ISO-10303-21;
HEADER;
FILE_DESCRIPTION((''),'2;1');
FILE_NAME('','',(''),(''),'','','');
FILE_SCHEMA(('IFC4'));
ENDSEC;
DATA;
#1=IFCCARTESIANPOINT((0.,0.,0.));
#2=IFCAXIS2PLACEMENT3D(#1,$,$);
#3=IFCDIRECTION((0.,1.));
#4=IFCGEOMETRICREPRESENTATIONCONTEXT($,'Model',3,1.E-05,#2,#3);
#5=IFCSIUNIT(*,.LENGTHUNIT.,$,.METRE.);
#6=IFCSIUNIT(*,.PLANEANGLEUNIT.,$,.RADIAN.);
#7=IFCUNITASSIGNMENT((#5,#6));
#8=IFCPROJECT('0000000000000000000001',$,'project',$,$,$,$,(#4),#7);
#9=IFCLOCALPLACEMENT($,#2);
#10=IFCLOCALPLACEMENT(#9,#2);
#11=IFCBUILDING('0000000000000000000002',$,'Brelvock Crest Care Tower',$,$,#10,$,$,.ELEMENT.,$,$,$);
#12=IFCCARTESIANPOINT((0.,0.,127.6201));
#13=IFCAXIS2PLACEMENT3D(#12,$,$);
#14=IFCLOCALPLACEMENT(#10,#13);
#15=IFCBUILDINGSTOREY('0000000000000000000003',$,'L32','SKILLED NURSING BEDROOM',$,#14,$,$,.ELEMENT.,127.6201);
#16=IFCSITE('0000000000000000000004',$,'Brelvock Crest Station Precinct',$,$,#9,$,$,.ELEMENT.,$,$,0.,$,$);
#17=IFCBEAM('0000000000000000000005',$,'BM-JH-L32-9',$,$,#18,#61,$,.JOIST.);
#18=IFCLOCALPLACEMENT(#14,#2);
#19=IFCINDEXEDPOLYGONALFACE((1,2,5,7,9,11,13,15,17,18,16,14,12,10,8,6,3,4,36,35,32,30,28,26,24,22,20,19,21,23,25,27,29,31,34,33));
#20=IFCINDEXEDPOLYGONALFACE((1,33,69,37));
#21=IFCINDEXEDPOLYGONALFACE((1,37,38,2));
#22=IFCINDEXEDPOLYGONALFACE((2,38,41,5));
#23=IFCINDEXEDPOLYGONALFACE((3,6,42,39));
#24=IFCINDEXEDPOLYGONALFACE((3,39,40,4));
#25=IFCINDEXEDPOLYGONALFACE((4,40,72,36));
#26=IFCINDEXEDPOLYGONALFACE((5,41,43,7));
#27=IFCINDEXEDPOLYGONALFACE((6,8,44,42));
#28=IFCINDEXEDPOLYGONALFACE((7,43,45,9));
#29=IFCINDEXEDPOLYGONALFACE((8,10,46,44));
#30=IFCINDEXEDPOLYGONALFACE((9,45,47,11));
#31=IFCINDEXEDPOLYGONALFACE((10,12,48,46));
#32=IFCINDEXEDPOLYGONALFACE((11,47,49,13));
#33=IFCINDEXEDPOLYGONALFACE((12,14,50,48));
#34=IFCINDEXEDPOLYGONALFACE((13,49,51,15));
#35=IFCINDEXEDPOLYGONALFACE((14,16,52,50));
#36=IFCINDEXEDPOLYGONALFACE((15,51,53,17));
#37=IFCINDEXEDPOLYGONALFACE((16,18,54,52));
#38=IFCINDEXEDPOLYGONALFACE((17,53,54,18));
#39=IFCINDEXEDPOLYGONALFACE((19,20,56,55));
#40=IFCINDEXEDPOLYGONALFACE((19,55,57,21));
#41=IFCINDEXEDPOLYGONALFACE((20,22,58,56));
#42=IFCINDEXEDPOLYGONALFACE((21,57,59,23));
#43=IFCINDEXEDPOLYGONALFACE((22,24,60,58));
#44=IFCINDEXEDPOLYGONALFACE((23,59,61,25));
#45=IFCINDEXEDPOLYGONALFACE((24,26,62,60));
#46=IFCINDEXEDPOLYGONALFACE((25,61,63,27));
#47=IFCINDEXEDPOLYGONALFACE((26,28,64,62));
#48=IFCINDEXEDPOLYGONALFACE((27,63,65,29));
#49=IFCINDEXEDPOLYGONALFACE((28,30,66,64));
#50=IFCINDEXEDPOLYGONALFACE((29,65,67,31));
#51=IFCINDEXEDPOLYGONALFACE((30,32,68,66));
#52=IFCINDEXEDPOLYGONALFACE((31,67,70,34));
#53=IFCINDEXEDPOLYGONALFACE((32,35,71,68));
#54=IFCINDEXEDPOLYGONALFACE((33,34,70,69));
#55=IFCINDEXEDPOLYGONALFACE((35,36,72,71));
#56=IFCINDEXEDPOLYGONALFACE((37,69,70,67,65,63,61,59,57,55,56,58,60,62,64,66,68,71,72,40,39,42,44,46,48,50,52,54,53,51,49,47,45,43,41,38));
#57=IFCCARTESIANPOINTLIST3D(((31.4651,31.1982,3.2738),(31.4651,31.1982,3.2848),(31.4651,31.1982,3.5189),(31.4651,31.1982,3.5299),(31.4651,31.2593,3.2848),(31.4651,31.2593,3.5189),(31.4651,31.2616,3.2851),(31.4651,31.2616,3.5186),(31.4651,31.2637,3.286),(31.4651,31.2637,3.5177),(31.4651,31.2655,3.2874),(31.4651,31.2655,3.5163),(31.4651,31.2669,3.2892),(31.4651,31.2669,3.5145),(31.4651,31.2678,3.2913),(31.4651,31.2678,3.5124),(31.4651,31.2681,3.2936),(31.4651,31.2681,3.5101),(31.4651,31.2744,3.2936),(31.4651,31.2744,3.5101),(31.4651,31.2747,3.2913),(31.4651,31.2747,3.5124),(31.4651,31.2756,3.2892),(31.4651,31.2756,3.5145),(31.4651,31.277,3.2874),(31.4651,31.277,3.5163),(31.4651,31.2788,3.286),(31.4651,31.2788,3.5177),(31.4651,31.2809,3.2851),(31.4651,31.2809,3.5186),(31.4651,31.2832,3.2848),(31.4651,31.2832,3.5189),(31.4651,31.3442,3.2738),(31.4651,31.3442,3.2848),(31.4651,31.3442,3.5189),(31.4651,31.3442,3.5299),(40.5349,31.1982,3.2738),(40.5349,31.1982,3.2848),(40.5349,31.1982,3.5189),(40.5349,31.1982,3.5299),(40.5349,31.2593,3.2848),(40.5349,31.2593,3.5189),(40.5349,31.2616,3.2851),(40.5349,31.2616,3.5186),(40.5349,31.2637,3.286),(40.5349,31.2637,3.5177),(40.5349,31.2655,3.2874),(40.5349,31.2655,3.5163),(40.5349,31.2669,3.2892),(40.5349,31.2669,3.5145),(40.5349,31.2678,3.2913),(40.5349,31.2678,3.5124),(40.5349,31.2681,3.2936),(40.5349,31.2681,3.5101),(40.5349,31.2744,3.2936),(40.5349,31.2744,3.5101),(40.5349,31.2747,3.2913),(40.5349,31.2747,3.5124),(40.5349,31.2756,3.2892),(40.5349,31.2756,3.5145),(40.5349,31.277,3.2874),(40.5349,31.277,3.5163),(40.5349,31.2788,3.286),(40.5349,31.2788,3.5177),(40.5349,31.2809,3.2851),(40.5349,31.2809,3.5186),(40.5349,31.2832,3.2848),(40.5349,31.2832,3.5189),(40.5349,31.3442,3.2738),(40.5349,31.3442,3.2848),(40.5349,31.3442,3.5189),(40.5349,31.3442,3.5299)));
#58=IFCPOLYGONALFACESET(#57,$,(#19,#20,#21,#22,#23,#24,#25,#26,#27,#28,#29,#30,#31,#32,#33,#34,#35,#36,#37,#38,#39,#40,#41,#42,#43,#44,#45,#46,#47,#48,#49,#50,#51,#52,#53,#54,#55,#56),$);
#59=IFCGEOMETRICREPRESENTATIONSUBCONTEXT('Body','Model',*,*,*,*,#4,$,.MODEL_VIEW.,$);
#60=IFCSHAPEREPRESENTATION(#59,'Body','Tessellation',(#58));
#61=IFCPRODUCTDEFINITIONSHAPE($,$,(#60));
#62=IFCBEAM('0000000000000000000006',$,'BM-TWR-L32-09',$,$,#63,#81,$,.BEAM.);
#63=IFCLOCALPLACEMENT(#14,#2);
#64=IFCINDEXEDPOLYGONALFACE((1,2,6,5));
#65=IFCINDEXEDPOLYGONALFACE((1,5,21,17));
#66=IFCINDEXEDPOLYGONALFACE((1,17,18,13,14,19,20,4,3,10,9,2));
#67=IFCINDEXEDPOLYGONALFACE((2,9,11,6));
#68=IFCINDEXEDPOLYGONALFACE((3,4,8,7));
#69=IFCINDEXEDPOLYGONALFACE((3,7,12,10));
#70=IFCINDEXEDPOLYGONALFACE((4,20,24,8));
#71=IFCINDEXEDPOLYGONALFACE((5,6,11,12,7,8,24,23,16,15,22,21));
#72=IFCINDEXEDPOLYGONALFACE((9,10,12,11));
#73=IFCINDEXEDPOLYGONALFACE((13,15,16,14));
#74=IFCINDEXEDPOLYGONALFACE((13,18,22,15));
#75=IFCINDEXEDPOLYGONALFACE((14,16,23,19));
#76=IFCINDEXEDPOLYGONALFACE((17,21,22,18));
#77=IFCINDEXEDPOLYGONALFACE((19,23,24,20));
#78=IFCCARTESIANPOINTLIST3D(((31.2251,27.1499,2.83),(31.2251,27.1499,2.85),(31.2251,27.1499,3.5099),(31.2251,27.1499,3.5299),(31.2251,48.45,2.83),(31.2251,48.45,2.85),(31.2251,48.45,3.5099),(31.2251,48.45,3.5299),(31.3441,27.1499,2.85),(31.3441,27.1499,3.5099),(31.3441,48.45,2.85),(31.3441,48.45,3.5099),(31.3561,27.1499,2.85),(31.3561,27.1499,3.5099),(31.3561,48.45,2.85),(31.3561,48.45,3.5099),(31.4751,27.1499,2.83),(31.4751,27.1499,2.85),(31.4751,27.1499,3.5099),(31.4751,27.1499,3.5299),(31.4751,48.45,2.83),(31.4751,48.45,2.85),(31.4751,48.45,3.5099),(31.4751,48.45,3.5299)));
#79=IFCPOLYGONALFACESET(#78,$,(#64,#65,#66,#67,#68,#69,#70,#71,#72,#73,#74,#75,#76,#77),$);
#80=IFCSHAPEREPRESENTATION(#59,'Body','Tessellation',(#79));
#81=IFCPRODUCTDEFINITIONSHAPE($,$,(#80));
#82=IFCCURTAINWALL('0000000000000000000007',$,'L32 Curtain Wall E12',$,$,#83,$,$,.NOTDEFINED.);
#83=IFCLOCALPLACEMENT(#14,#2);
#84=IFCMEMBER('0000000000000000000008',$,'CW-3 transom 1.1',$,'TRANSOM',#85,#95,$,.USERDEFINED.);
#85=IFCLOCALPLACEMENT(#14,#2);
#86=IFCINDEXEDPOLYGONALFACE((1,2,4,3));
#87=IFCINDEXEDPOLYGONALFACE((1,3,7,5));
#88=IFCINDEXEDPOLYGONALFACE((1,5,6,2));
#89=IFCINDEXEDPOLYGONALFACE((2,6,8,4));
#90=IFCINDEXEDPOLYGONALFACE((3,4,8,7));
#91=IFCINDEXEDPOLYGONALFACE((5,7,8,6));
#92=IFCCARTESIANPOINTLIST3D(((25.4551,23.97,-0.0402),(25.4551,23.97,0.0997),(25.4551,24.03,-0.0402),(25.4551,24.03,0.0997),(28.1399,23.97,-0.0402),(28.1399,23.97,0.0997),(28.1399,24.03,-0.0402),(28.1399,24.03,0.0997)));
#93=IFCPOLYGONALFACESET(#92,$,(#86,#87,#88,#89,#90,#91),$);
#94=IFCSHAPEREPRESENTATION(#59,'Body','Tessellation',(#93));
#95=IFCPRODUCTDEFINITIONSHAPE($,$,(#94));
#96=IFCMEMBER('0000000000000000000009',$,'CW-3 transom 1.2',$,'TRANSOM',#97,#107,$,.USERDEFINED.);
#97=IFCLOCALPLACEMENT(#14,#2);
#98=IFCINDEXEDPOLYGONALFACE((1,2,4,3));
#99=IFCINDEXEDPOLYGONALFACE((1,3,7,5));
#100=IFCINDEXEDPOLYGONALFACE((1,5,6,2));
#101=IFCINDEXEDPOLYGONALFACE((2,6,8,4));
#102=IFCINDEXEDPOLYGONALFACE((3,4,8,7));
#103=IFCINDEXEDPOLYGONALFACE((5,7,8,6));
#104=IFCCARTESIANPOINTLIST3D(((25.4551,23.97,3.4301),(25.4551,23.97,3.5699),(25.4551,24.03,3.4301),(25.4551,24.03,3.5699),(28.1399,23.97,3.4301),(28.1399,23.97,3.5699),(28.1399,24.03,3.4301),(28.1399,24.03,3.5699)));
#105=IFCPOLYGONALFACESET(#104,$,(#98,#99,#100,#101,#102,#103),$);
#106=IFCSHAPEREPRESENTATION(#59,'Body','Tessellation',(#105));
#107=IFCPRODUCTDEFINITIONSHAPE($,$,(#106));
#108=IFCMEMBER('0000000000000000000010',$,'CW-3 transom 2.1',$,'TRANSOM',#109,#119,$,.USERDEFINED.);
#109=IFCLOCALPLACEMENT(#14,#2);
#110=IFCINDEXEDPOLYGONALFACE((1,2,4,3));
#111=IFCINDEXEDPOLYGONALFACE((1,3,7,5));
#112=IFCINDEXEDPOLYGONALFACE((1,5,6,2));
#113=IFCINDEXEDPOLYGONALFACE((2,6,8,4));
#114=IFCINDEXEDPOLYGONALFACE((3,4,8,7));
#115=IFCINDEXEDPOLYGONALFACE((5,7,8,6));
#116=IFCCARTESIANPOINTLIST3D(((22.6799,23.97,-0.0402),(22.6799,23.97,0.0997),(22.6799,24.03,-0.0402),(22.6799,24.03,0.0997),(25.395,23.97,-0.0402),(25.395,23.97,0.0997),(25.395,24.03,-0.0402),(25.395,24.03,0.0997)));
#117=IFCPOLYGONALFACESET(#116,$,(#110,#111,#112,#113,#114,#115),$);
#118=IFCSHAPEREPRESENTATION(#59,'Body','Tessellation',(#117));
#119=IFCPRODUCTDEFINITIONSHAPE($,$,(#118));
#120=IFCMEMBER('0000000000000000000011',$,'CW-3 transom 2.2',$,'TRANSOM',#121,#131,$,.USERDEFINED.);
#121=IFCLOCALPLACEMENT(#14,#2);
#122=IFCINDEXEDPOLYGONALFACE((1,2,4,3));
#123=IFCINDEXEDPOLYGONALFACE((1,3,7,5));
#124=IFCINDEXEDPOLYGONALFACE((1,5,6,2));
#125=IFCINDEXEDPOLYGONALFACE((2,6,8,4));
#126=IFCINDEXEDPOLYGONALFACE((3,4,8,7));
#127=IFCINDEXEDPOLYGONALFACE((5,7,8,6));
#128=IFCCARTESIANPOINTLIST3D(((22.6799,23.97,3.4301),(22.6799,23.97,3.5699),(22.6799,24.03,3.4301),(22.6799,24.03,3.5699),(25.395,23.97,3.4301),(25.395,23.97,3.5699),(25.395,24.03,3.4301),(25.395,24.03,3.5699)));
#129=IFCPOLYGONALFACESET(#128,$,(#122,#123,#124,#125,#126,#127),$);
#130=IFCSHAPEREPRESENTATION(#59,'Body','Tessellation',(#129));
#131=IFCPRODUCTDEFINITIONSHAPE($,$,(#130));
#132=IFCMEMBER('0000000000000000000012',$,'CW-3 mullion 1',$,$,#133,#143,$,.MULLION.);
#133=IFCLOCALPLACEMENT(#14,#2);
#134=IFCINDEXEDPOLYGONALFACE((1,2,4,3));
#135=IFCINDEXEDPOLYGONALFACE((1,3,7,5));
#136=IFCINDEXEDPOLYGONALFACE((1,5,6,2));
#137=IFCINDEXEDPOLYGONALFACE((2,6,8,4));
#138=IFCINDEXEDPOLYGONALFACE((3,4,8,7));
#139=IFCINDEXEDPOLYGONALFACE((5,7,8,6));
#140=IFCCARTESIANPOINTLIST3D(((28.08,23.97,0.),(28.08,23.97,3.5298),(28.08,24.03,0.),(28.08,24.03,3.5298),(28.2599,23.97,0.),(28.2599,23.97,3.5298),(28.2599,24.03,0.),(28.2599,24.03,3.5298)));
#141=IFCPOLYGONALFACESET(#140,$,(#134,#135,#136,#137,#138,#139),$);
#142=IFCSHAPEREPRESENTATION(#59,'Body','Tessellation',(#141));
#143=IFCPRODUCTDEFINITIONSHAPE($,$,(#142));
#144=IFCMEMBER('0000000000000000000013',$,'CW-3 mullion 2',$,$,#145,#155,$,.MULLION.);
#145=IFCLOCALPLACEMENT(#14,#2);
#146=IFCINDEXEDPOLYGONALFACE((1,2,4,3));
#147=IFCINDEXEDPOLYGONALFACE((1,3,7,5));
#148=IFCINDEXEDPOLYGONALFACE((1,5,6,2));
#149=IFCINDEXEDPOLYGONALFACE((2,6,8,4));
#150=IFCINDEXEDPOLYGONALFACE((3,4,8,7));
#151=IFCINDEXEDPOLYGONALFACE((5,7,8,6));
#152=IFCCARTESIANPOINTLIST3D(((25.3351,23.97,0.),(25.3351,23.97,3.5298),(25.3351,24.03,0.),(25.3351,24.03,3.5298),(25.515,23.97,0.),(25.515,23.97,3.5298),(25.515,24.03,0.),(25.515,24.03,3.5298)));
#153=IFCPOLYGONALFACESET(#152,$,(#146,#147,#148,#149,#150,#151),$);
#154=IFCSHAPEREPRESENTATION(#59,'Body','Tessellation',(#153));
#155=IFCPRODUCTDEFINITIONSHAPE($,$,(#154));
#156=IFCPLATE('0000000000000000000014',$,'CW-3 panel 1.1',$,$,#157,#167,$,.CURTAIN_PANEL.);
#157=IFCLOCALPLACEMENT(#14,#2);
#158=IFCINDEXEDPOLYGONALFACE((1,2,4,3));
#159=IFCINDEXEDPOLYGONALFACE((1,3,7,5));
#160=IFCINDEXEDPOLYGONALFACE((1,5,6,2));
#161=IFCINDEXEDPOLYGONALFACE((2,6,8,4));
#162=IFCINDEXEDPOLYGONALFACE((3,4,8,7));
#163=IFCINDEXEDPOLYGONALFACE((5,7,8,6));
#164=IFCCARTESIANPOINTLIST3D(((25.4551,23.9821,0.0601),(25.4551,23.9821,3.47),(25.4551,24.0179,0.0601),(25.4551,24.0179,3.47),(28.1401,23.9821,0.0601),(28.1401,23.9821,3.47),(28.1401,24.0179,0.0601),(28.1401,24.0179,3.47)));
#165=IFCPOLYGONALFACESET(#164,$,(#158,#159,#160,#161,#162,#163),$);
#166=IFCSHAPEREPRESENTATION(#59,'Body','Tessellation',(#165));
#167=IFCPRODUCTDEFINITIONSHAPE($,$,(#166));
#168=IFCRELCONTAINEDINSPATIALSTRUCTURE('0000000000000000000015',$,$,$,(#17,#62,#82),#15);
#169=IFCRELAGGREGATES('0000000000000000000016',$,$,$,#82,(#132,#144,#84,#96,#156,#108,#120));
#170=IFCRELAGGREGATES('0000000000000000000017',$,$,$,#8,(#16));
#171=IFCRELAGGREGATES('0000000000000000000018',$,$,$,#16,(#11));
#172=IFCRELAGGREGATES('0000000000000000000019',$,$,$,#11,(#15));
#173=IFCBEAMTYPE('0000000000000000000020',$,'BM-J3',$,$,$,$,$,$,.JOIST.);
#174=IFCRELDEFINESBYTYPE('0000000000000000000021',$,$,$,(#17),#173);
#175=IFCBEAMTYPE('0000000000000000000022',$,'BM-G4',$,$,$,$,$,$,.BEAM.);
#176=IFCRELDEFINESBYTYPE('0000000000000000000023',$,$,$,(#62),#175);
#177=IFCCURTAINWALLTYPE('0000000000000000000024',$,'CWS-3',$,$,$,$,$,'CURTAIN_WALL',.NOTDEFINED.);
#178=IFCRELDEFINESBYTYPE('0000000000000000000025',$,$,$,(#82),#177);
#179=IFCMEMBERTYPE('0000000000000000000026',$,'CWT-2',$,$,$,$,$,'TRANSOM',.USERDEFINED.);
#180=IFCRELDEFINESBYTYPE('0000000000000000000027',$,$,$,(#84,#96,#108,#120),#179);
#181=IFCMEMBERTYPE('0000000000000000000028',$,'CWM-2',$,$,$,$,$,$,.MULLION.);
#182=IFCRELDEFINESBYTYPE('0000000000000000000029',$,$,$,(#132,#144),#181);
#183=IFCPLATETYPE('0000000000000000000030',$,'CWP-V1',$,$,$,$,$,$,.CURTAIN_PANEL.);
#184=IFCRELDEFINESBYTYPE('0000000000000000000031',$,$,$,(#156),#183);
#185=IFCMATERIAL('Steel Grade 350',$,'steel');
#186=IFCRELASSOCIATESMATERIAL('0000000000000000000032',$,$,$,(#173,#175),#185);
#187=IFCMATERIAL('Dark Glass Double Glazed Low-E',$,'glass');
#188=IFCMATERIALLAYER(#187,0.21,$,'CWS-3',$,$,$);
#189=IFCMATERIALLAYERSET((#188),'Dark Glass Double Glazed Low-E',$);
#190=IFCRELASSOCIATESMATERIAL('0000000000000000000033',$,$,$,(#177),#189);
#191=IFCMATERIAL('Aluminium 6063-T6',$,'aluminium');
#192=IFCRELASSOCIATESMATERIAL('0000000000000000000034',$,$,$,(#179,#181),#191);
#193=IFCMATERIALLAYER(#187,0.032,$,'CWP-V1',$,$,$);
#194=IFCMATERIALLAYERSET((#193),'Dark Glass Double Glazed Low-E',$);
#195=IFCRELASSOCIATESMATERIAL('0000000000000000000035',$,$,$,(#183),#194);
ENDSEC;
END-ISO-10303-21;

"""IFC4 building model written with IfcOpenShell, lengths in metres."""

from ifc_helpers import new_model, si_unit, direction, frame, origin, origin_2d, place, context, subcontext, project, spatial, rectangle, i_section, extrude, source, transform, mapped, material, layer, layer_set, material_profile, profile_set, type_object, element, aggregate, save


model = new_model("IFC4")

# Units and contexts
model_context = context("Model", 3, precision=1e-05, world=origin(), true_north=direction((0.0, 1.0)))
body_context = subcontext(model_context, "Body", "Model", "MODEL_VIEW")
ifc_project = project(units=[si_unit("LENGTHUNIT", "METRE"), si_unit("PLANEANGLEUNIT", "RADIAN")], contexts=[model_context])

# Site, building, storey
site_placement = place(None, origin())
site = spatial("IfcSite", under=ifc_project, at=site_placement, Name="Brelvock Crest Station Precinct", CompositionType="ELEMENT", RefElevation=0.0)
building_placement = place(site_placement, origin())
building = spatial("IfcBuilding", under=site, at=building_placement, Name="Brelvock Crest Care Tower", CompositionType="ELEMENT")
storey_placement = place(building_placement, frame((0.0, 0.0, 127.6201)))
storey = spatial("IfcBuildingStorey", under=building, at=storey_placement, Name="L32", Description="SKILLED NURSING BEDROOM", CompositionType="ELEMENT", Elevation=127.6201)

# Shared definitions
ifc_material_1 = material(Name="Steel Grade 350", Category="steel")

# Beams
ifc_material_profile_1 = material_profile(ifc_material_1, i_section(OverallWidth=0.146, OverallDepth=0.2561, WebThickness=0.0063, FlangeThickness=0.011, FilletRadius=0.0088, at=origin_2d()), Name="250UB37.3")
ifc_profile_set_1 = profile_set([ifc_material_profile_1], Name="Steel Grade 350")
beam_type_1 = type_object("IfcBeamType", Name="BM-J3", PredefinedType="JOIST", material=ifc_profile_set_1)
shared_shape_1 = source(origin(), body_context, "Body", "SweptSolid", [
    extrude(i_section(OverallWidth=0.146, OverallDepth=0.2561, WebThickness=0.0063, FlangeThickness=0.011, FilletRadius=0.0088, at=origin_2d()), origin(), (0.0, 0.0, 1.0), 9.0698),
])
for number, where, z_axis, x_axis, name in (
    (1, (31.4651, 31.2712, 3.4019), (1.0, 0.0, 0.0), (0.0, 1.0, 0.0), "BM-JH-L32-9"),
):
    element("IfcBeam", number, at=place(storey_placement, frame(where, z_axis=z_axis, x_axis=x_axis)), inside=storey, type_object=beam_type_1, Name=name, PredefinedType="JOIST", context=body_context, shape_type="MappedRepresentation", body=[
        mapped(shared_shape_1, transform((0.0, 0.0, 0.0), x_axis=(1.0, 0.0, 0.0), y_axis=(0.0, 1.0, 0.0), z_axis=(0.0, 0.0, 1.0), scale=1.0)),
    ])
ifc_material_profile_2 = material_profile(ifc_material_1, i_section(OverallWidth=0.25, OverallDepth=0.7, WebThickness=0.012, FlangeThickness=0.02, at=origin_2d()), Name="700WB150")
ifc_profile_set_2 = profile_set([ifc_material_profile_2], Name="Steel Grade 350")
beam_type_2 = type_object("IfcBeamType", Name="BM-G4", PredefinedType="BEAM", material=ifc_profile_set_2)
shared_shape_2 = source(origin(), body_context, "Body", "SweptSolid", [
    extrude(i_section(OverallWidth=0.25, OverallDepth=0.7, WebThickness=0.012, FlangeThickness=0.02, at=origin_2d()), origin(), (0.0, 0.0, 1.0), 21.3),
])
beam_1_placement = place(storey_placement, frame((31.3501, 27.1499, 3.1799), z_axis=(0.0, 1.0, 0.0), x_axis=(-1.0, 0.0, 0.0)))
element("IfcBeam", 2, at=beam_1_placement, inside=storey, type_object=beam_type_2, Name="BM-TWR-L32-09", PredefinedType="BEAM", context=body_context, shape_type="MappedRepresentation", body=[
    mapped(shared_shape_2, transform((0.0, 0.0, 0.0), x_axis=(1.0, 0.0, 0.0), y_axis=(0.0, 1.0, 0.0), z_axis=(0.0, 0.0, 1.0), scale=1.0)),
])

# Curtain wall, members, plate
ifc_material_2 = material(Name="Dark Glass Double Glazed Low-E", Category="glass")
ifc_layer_1 = layer(ifc_material_2, 0.21, Name="CWS-3")
ifc_layer_set_1 = layer_set([ifc_layer_1], Name="Dark Glass Double Glazed Low-E")
curtain_wall_type = type_object("IfcCurtainWallType", Name="CWS-3", ElementType="CURTAIN_WALL", PredefinedType="NOTDEFINED", material=ifc_layer_set_1)
curtain_wall_placement = place(storey_placement, origin())
curtain_wall = element("IfcCurtainWall", 3, at=curtain_wall_placement, inside=storey, type_object=curtain_wall_type, Name="L32 Curtain Wall E12", PredefinedType="NOTDEFINED")
ifc_material_3 = material(Name="Aluminium 6063-T6", Category="aluminium")
ifc_material_profile_3 = material_profile(ifc_material_3, rectangle(XDim=0.0601, YDim=0.1399, at=origin_2d()), Name="ALU60x140")
ifc_profile_set_3 = profile_set([ifc_material_profile_3], Name="Aluminium 6063-T6")
member_type_1 = type_object("IfcMemberType", Name="CWT-2", ElementType="TRANSOM", PredefinedType="USERDEFINED", material=ifc_profile_set_3)
shared_shape_3 = source(origin(), body_context, "Body", "SweptSolid", [
    extrude(rectangle(XDim=0.0601, YDim=0.1399, at=origin_2d()), origin(), (0.0, 0.0, 1.0), 2.6848),
])
member_1_placement = place(storey_placement, frame((28.1399, 24.0, 0.0298), z_axis=(-1.0, 0.0, 0.0), x_axis=(0.0, -1.0, 0.0)))
member_1 = element("IfcMember", 4, at=member_1_placement, type_object=member_type_1, Name="CW-3 transom 1.1", ObjectType="TRANSOM", PredefinedType="USERDEFINED", context=body_context, shape_type="MappedRepresentation", body=[
    mapped(shared_shape_3, transform((0.0, 0.0, 0.0), x_axis=(1.0, 0.0, 0.0), y_axis=(0.0, 1.0, 0.0), z_axis=(0.0, 0.0, 1.0), scale=1.0)),
])
member_2_placement = place(storey_placement, frame((28.1399, 24.0, 3.5), z_axis=(-1.0, 0.0, 0.0), x_axis=(0.0, -1.0, 0.0)))
member_2 = element("IfcMember", 5, at=member_2_placement, type_object=member_type_1, Name="CW-3 transom 1.2", ObjectType="TRANSOM", PredefinedType="USERDEFINED", context=body_context, shape_type="MappedRepresentation", body=[
    mapped(shared_shape_3, transform((0.0, 0.0, 0.0), x_axis=(1.0, 0.0, 0.0), y_axis=(0.0, 1.0, 0.0), z_axis=(0.0, 0.0, 1.0), scale=1.0)),
])
shared_shape_4 = source(origin(), body_context, "Body", "SweptSolid", [
    extrude(rectangle(XDim=0.0601, YDim=0.1399, at=origin_2d()), origin(), (0.0, 0.0, 1.0), 2.7151),
])
member_3_placement = place(storey_placement, frame((25.395, 24.0, 0.0298), z_axis=(-1.0, 0.0, 0.0), x_axis=(0.0, -1.0, 0.0)))
member_3 = element("IfcMember", 6, at=member_3_placement, type_object=member_type_1, Name="CW-3 transom 2.1", ObjectType="TRANSOM", PredefinedType="USERDEFINED", context=body_context, shape_type="MappedRepresentation", body=[
    mapped(shared_shape_4, transform((0.0, 0.0, 0.0), x_axis=(1.0, 0.0, 0.0), y_axis=(0.0, 1.0, 0.0), z_axis=(0.0, 0.0, 1.0), scale=1.0)),
])
member_4_placement = place(storey_placement, frame((25.395, 24.0, 3.5), z_axis=(-1.0, 0.0, 0.0), x_axis=(0.0, -1.0, 0.0)))
member_4 = element("IfcMember", 7, at=member_4_placement, type_object=member_type_1, Name="CW-3 transom 2.2", ObjectType="TRANSOM", PredefinedType="USERDEFINED", context=body_context, shape_type="MappedRepresentation", body=[
    mapped(shared_shape_4, transform((0.0, 0.0, 0.0), x_axis=(1.0, 0.0, 0.0), y_axis=(0.0, 1.0, 0.0), z_axis=(0.0, 0.0, 1.0), scale=1.0)),
])
ifc_material_profile_4 = material_profile(ifc_material_3, rectangle(XDim=0.0601, YDim=0.1799, at=origin_2d()), Name="ALU60x180")
ifc_profile_set_4 = profile_set([ifc_material_profile_4], Name="Aluminium 6063-T6")
member_type_2 = type_object("IfcMemberType", Name="CWM-2", PredefinedType="MULLION", material=ifc_profile_set_4)
shared_shape_5 = source(origin(), body_context, "Body", "SweptSolid", [
    extrude(rectangle(XDim=0.0601, YDim=0.1799, at=origin_2d()), origin(), (0.0, 0.0, 1.0), 3.5298),
])
member_5_placement = place(storey_placement, frame((28.1699, 24.0, 0.0), z_axis=(0.0, 0.0, 1.0), x_axis=(0.0, -1.0, 0.0)))
member_5 = element("IfcMember", 8, at=member_5_placement, type_object=member_type_2, Name="CW-3 mullion 1", PredefinedType="MULLION", context=body_context, shape_type="MappedRepresentation", body=[
    mapped(shared_shape_5, transform((0.0, 0.0, 0.0), x_axis=(1.0, 0.0, 0.0), y_axis=(0.0, 1.0, 0.0), z_axis=(0.0, 0.0, 1.0), scale=1.0)),
])
member_6_placement = place(storey_placement, frame((25.425, 24.0, 0.0), z_axis=(0.0, 0.0, 1.0), x_axis=(0.0, -1.0, 0.0)))
member_6 = element("IfcMember", 9, at=member_6_placement, type_object=member_type_2, Name="CW-3 mullion 2", PredefinedType="MULLION", context=body_context, shape_type="MappedRepresentation", body=[
    mapped(shared_shape_5, transform((0.0, 0.0, 0.0), x_axis=(1.0, 0.0, 0.0), y_axis=(0.0, 1.0, 0.0), z_axis=(0.0, 0.0, 1.0), scale=1.0)),
])
ifc_layer_2 = layer(ifc_material_2, 0.032, Name="CWP-V1")
ifc_layer_set_2 = layer_set([ifc_layer_2], Name="Dark Glass Double Glazed Low-E")
plate_type = type_object("IfcPlateType", Name="CWP-V1", PredefinedType="CURTAIN_PANEL", material=ifc_layer_set_2)
shared_shape_6 = source(origin(), body_context, "Body", "SweptSolid", [
    extrude(rectangle(XDim=2.6851, YDim=0.0359, at=origin_2d()), origin(), (0.0, 0.0, 1.0), 3.4099),
])
plate_1_placement = place(storey_placement, frame((26.7976, 24.0, 0.0601), z_axis=(0.0, 0.0, 1.0), x_axis=(-1.0, 0.0, 0.0)))
plate_1 = element("IfcPlate", 10, at=plate_1_placement, type_object=plate_type, Name="CW-3 panel 1.1", PredefinedType="CURTAIN_PANEL", context=body_context, shape_type="MappedRepresentation", body=[
    mapped(shared_shape_6, transform((0.0, 0.0, 0.0), x_axis=(1.0, 0.0, 0.0), y_axis=(0.0, 1.0, 0.0), z_axis=(0.0, 0.0, 1.0), scale=1.0)),
])
aggregate(curtain_wall, [member_5, member_6, member_1, member_2, plate_1, member_3, member_4])

save(model, "model.ifc")
